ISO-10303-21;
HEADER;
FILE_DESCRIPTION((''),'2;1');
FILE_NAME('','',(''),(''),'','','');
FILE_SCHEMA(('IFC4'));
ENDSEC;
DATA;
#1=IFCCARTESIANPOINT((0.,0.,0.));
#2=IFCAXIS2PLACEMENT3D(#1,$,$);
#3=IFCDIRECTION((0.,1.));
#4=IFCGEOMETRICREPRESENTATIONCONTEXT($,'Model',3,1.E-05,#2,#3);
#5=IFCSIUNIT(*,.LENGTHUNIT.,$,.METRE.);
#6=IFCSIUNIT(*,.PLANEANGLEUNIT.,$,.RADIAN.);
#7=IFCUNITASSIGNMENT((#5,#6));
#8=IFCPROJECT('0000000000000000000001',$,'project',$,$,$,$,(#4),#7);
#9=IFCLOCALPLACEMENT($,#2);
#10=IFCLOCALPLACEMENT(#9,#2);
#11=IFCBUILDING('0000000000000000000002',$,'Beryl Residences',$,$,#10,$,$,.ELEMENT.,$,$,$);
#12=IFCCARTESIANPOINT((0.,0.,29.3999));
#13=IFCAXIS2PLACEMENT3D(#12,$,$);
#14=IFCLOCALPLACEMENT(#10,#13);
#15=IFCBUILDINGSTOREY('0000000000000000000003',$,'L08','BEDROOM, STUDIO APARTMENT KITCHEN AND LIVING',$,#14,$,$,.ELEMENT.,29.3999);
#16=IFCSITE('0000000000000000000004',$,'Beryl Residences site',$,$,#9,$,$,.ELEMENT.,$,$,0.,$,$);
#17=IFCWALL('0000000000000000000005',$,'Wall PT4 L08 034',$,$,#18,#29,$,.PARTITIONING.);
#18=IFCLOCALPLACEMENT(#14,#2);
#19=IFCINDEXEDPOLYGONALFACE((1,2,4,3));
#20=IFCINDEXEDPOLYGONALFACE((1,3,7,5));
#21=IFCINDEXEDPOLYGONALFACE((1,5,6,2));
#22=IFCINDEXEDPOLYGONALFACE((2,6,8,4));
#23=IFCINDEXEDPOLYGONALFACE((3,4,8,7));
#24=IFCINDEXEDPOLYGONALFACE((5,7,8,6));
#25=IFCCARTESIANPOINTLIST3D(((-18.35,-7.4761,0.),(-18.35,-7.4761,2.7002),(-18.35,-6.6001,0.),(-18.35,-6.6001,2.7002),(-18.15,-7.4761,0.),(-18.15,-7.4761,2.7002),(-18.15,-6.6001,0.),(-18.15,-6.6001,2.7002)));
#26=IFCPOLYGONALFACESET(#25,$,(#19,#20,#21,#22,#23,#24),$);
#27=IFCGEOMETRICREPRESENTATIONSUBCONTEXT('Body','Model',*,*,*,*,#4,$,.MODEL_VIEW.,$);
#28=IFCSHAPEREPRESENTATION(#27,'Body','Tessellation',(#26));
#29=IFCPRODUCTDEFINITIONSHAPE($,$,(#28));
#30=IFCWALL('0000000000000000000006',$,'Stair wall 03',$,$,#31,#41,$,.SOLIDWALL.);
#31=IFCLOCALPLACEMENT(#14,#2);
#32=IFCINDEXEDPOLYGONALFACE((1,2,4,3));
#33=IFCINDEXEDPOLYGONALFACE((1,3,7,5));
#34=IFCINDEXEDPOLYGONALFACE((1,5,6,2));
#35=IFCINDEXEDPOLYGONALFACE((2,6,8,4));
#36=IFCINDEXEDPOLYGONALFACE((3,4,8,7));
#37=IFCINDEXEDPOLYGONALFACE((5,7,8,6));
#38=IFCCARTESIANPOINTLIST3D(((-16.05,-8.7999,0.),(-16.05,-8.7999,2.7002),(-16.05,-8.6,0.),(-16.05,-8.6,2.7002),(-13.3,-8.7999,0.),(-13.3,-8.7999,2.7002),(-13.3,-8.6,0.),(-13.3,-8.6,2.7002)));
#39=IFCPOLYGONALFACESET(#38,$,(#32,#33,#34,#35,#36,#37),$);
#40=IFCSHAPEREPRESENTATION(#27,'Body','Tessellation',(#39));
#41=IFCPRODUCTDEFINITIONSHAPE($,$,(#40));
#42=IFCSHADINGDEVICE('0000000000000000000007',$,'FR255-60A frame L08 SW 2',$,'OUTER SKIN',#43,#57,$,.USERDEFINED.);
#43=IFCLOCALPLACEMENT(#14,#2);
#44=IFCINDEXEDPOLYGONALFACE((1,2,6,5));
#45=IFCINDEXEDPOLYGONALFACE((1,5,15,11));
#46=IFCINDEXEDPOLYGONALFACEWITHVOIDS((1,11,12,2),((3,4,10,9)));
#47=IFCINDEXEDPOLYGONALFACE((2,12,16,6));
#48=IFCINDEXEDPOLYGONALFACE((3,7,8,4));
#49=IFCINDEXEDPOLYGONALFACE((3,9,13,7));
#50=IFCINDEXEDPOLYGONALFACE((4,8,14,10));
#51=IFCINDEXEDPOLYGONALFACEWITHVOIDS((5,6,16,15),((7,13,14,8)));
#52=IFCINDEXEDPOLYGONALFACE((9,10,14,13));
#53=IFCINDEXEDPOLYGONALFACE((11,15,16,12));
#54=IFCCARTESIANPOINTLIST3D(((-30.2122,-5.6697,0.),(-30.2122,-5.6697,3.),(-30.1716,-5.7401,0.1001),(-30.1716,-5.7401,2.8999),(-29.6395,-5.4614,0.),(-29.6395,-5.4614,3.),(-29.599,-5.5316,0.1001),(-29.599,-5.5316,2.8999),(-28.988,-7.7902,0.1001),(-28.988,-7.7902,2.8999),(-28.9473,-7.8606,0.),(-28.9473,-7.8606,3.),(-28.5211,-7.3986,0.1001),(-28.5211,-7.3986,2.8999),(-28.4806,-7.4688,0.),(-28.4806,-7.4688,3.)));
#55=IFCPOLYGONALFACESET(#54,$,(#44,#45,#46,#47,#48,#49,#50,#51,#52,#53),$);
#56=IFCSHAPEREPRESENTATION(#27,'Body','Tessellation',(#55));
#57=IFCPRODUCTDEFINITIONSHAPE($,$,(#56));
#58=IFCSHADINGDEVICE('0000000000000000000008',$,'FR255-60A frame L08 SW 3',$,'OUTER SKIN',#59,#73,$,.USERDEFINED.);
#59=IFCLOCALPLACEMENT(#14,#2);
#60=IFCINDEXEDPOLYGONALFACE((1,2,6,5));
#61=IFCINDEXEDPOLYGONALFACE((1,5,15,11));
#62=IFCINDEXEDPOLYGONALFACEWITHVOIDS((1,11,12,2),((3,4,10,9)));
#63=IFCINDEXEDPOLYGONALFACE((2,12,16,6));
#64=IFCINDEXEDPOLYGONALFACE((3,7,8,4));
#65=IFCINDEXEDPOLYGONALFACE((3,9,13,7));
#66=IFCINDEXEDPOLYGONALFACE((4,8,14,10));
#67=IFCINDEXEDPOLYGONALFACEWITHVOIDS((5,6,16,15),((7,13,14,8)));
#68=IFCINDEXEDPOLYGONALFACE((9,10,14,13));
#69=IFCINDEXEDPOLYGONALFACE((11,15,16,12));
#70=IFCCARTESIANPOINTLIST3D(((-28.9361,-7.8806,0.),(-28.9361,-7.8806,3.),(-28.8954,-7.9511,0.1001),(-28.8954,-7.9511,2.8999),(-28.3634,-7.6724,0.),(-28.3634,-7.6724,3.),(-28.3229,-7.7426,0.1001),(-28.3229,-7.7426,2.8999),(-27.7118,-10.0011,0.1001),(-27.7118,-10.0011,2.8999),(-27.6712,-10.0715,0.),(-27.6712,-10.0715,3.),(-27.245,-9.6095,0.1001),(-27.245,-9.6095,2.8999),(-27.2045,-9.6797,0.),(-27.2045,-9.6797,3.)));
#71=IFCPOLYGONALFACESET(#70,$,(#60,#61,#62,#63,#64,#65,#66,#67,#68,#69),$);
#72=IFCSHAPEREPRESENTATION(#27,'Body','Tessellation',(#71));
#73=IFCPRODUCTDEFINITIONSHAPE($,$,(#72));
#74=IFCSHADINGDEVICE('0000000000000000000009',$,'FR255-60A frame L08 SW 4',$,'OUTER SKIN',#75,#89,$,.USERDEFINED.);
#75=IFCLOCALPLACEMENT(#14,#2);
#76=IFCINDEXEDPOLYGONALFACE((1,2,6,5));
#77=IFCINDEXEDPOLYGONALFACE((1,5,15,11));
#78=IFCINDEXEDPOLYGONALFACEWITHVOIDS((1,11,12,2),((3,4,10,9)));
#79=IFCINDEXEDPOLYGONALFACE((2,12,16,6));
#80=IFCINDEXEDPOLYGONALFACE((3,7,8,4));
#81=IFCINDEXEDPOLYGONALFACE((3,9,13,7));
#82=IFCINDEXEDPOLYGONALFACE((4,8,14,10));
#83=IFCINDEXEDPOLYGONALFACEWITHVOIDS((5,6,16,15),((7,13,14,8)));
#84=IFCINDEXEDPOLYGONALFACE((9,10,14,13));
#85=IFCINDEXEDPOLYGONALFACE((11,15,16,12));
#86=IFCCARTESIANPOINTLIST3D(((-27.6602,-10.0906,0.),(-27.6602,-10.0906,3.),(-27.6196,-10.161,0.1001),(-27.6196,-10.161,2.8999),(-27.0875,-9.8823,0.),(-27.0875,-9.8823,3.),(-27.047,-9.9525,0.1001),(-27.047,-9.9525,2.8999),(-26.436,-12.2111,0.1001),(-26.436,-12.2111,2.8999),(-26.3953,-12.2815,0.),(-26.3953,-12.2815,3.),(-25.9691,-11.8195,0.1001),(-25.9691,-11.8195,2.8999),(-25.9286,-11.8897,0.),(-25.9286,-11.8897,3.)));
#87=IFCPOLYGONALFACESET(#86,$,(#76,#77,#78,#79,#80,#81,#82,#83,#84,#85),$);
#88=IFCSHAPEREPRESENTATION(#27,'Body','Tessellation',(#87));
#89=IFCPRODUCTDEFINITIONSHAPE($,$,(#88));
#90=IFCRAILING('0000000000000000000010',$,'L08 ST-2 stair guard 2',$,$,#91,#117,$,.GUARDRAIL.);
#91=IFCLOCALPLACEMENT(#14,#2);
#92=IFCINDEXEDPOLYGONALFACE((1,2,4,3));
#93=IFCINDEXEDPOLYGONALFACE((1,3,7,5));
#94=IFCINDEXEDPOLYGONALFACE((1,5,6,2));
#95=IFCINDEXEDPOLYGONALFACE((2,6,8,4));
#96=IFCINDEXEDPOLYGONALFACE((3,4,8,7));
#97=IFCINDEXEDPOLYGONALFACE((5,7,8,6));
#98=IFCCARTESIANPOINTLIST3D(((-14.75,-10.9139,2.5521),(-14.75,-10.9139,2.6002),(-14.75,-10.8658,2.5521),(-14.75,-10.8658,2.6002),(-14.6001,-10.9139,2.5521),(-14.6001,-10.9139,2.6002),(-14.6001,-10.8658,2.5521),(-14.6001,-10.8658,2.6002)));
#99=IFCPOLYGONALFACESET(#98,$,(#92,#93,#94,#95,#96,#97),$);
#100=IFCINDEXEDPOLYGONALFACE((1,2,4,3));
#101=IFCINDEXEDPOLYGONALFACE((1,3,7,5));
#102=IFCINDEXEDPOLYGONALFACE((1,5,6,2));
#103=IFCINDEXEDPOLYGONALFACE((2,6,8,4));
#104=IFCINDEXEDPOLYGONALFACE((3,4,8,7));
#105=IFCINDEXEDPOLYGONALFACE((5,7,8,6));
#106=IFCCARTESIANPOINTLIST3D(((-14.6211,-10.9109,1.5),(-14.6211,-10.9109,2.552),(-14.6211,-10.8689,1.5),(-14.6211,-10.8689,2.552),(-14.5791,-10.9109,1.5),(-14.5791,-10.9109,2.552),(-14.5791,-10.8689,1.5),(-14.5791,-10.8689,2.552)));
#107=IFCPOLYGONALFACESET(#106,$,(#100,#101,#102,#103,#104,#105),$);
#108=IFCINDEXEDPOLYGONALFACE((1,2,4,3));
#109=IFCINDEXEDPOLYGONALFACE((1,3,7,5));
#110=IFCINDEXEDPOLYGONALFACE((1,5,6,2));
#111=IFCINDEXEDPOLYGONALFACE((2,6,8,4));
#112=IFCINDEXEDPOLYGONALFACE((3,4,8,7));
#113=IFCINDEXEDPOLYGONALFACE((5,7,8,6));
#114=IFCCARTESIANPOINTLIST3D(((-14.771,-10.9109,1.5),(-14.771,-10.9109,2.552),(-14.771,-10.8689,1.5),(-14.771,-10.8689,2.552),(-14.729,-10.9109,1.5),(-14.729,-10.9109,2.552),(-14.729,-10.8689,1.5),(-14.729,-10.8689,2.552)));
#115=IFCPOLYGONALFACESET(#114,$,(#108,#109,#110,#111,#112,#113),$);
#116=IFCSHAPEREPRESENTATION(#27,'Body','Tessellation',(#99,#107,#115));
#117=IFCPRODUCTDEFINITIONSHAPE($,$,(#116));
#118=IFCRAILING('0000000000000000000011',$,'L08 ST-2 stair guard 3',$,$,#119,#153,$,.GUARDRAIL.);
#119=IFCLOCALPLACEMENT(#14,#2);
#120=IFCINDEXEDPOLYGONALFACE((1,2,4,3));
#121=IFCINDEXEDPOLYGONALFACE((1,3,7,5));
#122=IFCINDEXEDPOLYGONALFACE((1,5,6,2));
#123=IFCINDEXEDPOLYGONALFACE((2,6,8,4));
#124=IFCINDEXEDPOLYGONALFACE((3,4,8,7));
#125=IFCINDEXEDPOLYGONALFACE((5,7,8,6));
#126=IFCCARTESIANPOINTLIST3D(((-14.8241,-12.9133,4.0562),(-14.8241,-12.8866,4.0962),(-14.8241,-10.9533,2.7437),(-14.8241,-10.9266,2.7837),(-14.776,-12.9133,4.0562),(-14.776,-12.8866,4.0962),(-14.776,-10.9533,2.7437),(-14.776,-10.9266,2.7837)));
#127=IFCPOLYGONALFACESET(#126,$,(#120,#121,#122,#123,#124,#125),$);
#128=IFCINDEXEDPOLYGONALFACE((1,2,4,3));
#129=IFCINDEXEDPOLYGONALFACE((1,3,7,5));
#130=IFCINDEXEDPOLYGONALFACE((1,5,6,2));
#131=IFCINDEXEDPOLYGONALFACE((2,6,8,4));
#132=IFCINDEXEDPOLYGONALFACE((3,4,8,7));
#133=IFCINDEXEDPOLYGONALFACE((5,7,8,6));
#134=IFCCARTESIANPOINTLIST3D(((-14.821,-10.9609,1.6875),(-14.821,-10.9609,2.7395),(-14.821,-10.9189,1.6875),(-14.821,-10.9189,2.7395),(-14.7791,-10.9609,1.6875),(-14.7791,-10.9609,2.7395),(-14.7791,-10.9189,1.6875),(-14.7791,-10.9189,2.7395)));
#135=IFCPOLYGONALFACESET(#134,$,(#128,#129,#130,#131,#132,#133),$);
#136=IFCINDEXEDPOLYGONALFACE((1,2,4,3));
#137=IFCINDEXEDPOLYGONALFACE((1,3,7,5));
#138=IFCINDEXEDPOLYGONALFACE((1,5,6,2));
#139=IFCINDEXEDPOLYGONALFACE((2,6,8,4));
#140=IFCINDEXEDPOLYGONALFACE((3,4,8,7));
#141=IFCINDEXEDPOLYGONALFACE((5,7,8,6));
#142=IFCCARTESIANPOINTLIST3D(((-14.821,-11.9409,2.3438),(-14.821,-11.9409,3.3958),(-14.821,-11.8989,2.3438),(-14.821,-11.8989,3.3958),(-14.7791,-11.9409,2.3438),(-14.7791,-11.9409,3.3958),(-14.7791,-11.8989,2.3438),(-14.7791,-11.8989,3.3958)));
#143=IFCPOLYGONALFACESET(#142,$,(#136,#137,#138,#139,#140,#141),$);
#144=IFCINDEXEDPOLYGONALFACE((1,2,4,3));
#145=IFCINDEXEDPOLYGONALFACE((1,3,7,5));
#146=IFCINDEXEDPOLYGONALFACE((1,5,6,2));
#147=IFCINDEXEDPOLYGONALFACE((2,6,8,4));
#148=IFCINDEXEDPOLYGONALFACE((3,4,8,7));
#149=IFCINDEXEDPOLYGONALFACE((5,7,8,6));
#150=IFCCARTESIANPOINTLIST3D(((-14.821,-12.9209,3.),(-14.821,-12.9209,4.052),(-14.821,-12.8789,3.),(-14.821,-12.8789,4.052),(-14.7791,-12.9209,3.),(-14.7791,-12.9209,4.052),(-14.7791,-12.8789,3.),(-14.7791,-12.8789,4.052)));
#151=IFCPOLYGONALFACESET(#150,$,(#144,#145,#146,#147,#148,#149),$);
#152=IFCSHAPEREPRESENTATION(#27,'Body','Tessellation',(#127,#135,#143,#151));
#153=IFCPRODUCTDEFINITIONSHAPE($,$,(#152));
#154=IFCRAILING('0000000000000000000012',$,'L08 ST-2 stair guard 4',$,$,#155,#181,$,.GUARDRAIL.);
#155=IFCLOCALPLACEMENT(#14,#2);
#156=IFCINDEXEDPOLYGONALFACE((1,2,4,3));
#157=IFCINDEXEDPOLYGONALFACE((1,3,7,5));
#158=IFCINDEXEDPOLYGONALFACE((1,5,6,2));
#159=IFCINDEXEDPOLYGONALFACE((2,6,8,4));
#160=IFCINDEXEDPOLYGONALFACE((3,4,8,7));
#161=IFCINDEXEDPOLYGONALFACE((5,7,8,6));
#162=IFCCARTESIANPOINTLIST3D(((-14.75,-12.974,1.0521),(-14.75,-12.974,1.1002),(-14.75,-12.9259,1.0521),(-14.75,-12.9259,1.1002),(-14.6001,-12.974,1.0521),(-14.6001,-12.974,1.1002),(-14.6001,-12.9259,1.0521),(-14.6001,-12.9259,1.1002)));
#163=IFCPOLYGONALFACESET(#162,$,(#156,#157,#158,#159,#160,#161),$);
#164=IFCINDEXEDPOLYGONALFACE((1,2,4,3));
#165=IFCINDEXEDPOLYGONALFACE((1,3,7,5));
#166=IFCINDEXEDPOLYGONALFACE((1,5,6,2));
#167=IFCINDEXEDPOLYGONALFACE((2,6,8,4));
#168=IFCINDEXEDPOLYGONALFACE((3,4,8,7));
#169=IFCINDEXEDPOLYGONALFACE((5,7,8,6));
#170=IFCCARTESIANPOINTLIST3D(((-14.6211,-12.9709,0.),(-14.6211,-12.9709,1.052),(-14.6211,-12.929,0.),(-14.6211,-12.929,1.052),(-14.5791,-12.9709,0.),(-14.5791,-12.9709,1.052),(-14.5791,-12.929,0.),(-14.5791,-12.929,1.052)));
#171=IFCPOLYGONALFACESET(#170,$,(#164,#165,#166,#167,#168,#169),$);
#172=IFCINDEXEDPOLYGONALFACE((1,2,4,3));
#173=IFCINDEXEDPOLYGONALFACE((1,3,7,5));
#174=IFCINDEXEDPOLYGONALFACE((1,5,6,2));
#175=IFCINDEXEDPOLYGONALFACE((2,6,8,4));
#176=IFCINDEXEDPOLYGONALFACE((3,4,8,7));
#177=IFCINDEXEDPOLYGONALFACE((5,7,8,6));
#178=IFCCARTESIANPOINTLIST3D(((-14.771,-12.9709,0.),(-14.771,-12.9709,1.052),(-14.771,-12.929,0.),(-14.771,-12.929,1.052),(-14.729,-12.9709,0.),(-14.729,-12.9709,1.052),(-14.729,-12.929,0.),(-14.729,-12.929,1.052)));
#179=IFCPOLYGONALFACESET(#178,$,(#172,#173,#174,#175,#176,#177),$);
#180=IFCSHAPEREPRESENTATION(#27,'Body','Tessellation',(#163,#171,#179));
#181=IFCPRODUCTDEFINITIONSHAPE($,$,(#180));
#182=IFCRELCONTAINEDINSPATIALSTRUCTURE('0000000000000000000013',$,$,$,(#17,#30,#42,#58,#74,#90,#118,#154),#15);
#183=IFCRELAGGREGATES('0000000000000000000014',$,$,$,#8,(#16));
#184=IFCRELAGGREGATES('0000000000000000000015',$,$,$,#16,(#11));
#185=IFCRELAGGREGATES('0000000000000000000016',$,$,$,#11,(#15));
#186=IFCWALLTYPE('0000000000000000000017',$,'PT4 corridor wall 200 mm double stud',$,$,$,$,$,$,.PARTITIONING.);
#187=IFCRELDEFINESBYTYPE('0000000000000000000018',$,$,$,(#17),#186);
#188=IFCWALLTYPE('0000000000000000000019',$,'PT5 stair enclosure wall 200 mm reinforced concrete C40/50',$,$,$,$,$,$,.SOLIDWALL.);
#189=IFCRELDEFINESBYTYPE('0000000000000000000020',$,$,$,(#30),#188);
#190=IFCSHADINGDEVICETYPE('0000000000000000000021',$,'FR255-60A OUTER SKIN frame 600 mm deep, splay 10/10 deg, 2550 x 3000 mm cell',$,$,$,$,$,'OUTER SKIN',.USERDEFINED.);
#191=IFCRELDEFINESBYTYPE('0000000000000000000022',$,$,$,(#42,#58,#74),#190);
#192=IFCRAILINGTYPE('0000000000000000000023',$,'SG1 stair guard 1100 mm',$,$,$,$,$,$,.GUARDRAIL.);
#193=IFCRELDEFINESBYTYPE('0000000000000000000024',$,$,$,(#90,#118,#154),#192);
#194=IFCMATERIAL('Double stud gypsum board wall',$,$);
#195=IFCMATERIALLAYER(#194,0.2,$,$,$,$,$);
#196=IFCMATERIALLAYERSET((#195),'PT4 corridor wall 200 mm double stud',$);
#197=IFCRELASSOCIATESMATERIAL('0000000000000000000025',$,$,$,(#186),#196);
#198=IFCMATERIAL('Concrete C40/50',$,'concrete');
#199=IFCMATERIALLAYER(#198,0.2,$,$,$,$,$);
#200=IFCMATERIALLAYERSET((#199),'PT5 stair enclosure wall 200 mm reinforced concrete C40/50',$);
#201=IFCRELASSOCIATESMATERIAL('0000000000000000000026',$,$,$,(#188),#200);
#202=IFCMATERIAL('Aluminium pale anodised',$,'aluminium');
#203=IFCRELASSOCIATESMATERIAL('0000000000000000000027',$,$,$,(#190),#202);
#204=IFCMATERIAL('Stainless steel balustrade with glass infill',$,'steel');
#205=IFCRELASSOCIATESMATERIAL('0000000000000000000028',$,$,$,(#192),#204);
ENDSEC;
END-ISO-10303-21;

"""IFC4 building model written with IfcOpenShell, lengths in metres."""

from ifc_helpers import new_model, entity, si_unit, direction, frame, frame_2d, origin, origin_2d, place, context, subcontext, project, spatial, rectangle, extrude, source, transform, mapped, material, layer, layer_set, type_object, type_shapes, element, save


model = new_model("IFC4")

# Units and contexts
model_context = context("Model", 3, precision=1e-05, world=origin(), true_north=direction((0.0, 1.0)))
body_context = subcontext(model_context, "Body", "Model", "MODEL_VIEW")
ifc_project = project(units=[si_unit("LENGTHUNIT", "METRE"), si_unit("PLANEANGLEUNIT", "RADIAN")], contexts=[model_context])

# Site, building, storey
site_placement = place(None, origin())
site = spatial("IfcSite", under=ifc_project, at=site_placement, Name="Beryl Residences site", CompositionType="ELEMENT", RefElevation=0.0)
building_placement = place(site_placement, origin())
building = spatial("IfcBuilding", under=site, at=building_placement, Name="Beryl Residences", CompositionType="ELEMENT")
storey_placement = place(building_placement, frame((0.0, 0.0, 29.3999)))
storey = spatial("IfcBuildingStorey", under=building, at=storey_placement, Name="L08", Description="BEDROOM, STUDIO APARTMENT KITCHEN AND LIVING", CompositionType="ELEMENT", Elevation=29.3999)

# Shared definitions
ifc_material_1 = material(Name="Double stud gypsum board wall")
ifc_layer_1 = layer(ifc_material_1, 0.2)
ifc_layer_set_1 = layer_set([ifc_layer_1], Name="PT4 corridor wall 200 mm double stud")
wall_type_1 = type_object("IfcWallType", Name="PT4 corridor wall 200 mm double stud", PredefinedType="PARTITIONING", material=ifc_layer_set_1)

# Walls
wall_1_placement = place(storey_placement, frame((-18.25, -7.4761, 0.0), z_axis=(0.0, 0.0, 1.0), x_axis=(0.0, 1.0, 0.0)))
element("IfcWall", 1, at=wall_1_placement, inside=storey, type_object=wall_type_1, Name="Wall PT4 L08 034", PredefinedType="PARTITIONING", context=body_context, shape_type="SweptSolid", body=[
    extrude(rectangle(XDim=0.876, YDim=0.2, at=frame_2d((0.438, 0.0))), origin(), (0.0, 0.0, 1.0), 2.7002),
])
ifc_material_2 = material(Name="Concrete C40/50", Category="concrete")
ifc_layer_2 = layer(ifc_material_2, 0.2)
ifc_layer_set_2 = layer_set([ifc_layer_2], Name="PT5 stair enclosure wall 200 mm reinforced concrete C40/50")
wall_type_2 = type_object("IfcWallType", Name="PT5 stair enclosure wall 200 mm reinforced concrete C40/50", PredefinedType="SOLIDWALL", material=ifc_layer_set_2)
wall_2_placement = place(storey_placement, frame((-16.05, -8.7, 0.0), z_axis=(0.0, 0.0, 1.0), x_axis=(1.0, 0.0, 0.0)))
element("IfcWall", 2, at=wall_2_placement, inside=storey, type_object=wall_type_2, Name="Stair wall 03", PredefinedType="SOLIDWALL", context=body_context, shape_type="SweptSolid", body=[
    extrude(rectangle(XDim=2.75, YDim=0.2, at=frame_2d((1.375, 0.0))), origin(), (0.0, 0.0, 1.0), 2.7002),
])

# Shading devices
ifc_material_3 = material(Name="Aluminium pale anodised", Category="aluminium")
shading_device_type = type_object("IfcShadingDeviceType", Name="FR255-60A OUTER SKIN frame 600 mm deep, splay 10/10 deg, 2550 x 3000 mm cell", ElementType="OUTER SKIN", PredefinedType="USERDEFINED", material=ifc_material_3)
cartesian_point_1 = entity("IfcCartesianPoint", [-1.1589, 0.0])
cartesian_point_2 = entity("IfcCartesianPoint", [-1.0779, 0.1001])
cartesian_point_3 = entity("IfcCartesianPoint", [-1.2649, 0.0])
cartesian_point_4 = entity("IfcCartesianPoint", [-1.1836, 0.1001])
shared_shape_1 = source(origin(), body_context, "Body", "SweptSolid", [
    entity("IfcExtrudedAreaSolidTapered", entity("IfcArbitraryProfileDefWithVoids", "AREA", None, entity("IfcPolyline", [cartesian_point_1, entity("IfcCartesianPoint", [1.1589, 0.0]), entity("IfcCartesianPoint", [1.1589, 3.0]), entity("IfcCartesianPoint", [-1.1589, 3.0]), cartesian_point_1]), [entity("IfcPolyline", [cartesian_point_2, entity("IfcCartesianPoint", [1.0779, 0.1001]), entity("IfcCartesianPoint", [1.0779, 2.8999]), entity("IfcCartesianPoint", [-1.0779, 2.8999]), cartesian_point_2])]), entity("IfcAxis2Placement3D", entity("IfcCartesianPoint", [0.0, 0.0, 0.0]), entity("IfcDirection", [0.0, 1.0, 0.0]), entity("IfcDirection", [-1.0, 0.0, 0.0])), entity("IfcDirection", [0.0, 0.0, 1.0]), 0.6001, entity("IfcArbitraryProfileDefWithVoids", "AREA", None, entity("IfcPolyline", [cartesian_point_3, entity("IfcCartesianPoint", [1.2649, 0.0]), entity("IfcCartesianPoint", [1.2649, 3.0]), entity("IfcCartesianPoint", [-1.2649, 3.0]), cartesian_point_3]), [entity("IfcPolyline", [cartesian_point_4, entity("IfcCartesianPoint", [1.1836, 0.1001]), entity("IfcCartesianPoint", [1.1836, 2.8999]), entity("IfcCartesianPoint", [-1.1836, 2.8999]), cartesian_point_4])])),
])
type_shapes(shading_device_type, [shared_shape_1])
for number, where, z_axis, x_axis, name in (
    (3, (-29.0601, -6.4651, 0.0), (0.0, 0.0, 1.0), (-0.5, 0.866025, 0.0), "FR255-60A frame L08 SW 2"),
    (4, (-27.7839, -8.676, 0.0), (0.0, 0.0, 1.0), (-0.5, 0.866025, 0.0), "FR255-60A frame L08 SW 3"),
    (5, (-26.5081, -10.886, 0.0), (0.0, 0.0, 1.0), (-0.5, 0.866025, 0.0), "FR255-60A frame L08 SW 4"),
):
    element("IfcShadingDevice", number, at=place(storey_placement, frame(where, z_axis=z_axis, x_axis=x_axis)), inside=storey, type_object=shading_device_type, Name=name, ObjectType="OUTER SKIN", PredefinedType="USERDEFINED", context=body_context, shape_type="MappedRepresentation", body=[
        mapped(shared_shape_1, transform((0.0, 0.0, 0.0))),
    ])

# Railings
ifc_material_4 = material(Name="Stainless steel balustrade with glass infill", Category="steel")
railing_type_1 = type_object("IfcRailingType", Name="SG1 stair guard 1100 mm", PredefinedType="GUARDRAIL", material=ifc_material_4)
railing_1_placement = place(storey_placement, frame((-14.6001, -10.8899, 1.5)))
element("IfcRailing", 6, at=railing_1_placement, inside=storey, type_object=railing_type_1, Name="L08 ST-2 stair guard 2", PredefinedType="GUARDRAIL", context=body_context, shape_type="SweptSolid", body=[
    extrude(rectangle(XDim=0.0481, YDim=0.0481, at=origin_2d()), frame((0.0, 0.0, 1.0762), z_axis=(-1.0, 0.0, 0.0), x_axis=(0.0, -1.0, 0.0)), (0.0, 0.0, 1.0), 0.1499),
    extrude(rectangle(XDim=0.042, YDim=0.042, at=origin_2d()), origin(), (0.0, 0.0, 1.0), 1.052),
    extrude(rectangle(XDim=0.042, YDim=0.042, at=origin_2d()), frame((-0.1499, 0.0, 0.0)), (0.0, 0.0, 1.0), 1.052),
])
railing_2_placement = place(storey_placement, frame((-14.8, -10.9399, 1.6875)))
element("IfcRailing", 7, at=railing_2_placement, inside=storey, type_object=railing_type_1, Name="L08 ST-2 stair guard 3", PredefinedType="GUARDRAIL", context=body_context, shape_type="SweptSolid", body=[
    extrude(rectangle(XDim=0.0481, YDim=0.0481, at=origin_2d()), frame((0.0, 0.0, 1.0762), z_axis=(0.0, -0.830902, 0.556419), x_axis=(1.0, 0.0, 0.0)), (0.0, 0.0, 1.0), 2.3589),
    extrude(rectangle(XDim=0.042, YDim=0.042, at=origin_2d()), origin(), (0.0, 0.0, 1.0), 1.052),
    extrude(rectangle(XDim=0.042, YDim=0.042, at=origin_2d()), frame((0.0, -0.98, 0.6562)), (0.0, 0.0, 1.0), 1.052),
    extrude(rectangle(XDim=0.042, YDim=0.042, at=origin_2d()), frame((0.0, -1.96, 1.3125)), (0.0, 0.0, 1.0), 1.052),
])
railing_3_placement = place(storey_placement, frame((-14.6001, -12.95, 0.0)))
element("IfcRailing", 8, at=railing_3_placement, inside=storey, type_object=railing_type_1, Name="L08 ST-2 stair guard 4", PredefinedType="GUARDRAIL", context=body_context, shape_type="SweptSolid", body=[
    extrude(rectangle(XDim=0.0481, YDim=0.0481, at=origin_2d()), frame((0.0, 0.0, 1.0762), z_axis=(-1.0, 0.0, 0.0), x_axis=(0.0, -1.0, 0.0)), (0.0, 0.0, 1.0), 0.1499),
    extrude(rectangle(XDim=0.042, YDim=0.042, at=origin_2d()), origin(), (0.0, 0.0, 1.0), 1.052),
    extrude(rectangle(XDim=0.042, YDim=0.042, at=origin_2d()), frame((-0.1499, 0.0, 0.0)), (0.0, 0.0, 1.0), 1.052),
])

save(model, "model.ifc")
